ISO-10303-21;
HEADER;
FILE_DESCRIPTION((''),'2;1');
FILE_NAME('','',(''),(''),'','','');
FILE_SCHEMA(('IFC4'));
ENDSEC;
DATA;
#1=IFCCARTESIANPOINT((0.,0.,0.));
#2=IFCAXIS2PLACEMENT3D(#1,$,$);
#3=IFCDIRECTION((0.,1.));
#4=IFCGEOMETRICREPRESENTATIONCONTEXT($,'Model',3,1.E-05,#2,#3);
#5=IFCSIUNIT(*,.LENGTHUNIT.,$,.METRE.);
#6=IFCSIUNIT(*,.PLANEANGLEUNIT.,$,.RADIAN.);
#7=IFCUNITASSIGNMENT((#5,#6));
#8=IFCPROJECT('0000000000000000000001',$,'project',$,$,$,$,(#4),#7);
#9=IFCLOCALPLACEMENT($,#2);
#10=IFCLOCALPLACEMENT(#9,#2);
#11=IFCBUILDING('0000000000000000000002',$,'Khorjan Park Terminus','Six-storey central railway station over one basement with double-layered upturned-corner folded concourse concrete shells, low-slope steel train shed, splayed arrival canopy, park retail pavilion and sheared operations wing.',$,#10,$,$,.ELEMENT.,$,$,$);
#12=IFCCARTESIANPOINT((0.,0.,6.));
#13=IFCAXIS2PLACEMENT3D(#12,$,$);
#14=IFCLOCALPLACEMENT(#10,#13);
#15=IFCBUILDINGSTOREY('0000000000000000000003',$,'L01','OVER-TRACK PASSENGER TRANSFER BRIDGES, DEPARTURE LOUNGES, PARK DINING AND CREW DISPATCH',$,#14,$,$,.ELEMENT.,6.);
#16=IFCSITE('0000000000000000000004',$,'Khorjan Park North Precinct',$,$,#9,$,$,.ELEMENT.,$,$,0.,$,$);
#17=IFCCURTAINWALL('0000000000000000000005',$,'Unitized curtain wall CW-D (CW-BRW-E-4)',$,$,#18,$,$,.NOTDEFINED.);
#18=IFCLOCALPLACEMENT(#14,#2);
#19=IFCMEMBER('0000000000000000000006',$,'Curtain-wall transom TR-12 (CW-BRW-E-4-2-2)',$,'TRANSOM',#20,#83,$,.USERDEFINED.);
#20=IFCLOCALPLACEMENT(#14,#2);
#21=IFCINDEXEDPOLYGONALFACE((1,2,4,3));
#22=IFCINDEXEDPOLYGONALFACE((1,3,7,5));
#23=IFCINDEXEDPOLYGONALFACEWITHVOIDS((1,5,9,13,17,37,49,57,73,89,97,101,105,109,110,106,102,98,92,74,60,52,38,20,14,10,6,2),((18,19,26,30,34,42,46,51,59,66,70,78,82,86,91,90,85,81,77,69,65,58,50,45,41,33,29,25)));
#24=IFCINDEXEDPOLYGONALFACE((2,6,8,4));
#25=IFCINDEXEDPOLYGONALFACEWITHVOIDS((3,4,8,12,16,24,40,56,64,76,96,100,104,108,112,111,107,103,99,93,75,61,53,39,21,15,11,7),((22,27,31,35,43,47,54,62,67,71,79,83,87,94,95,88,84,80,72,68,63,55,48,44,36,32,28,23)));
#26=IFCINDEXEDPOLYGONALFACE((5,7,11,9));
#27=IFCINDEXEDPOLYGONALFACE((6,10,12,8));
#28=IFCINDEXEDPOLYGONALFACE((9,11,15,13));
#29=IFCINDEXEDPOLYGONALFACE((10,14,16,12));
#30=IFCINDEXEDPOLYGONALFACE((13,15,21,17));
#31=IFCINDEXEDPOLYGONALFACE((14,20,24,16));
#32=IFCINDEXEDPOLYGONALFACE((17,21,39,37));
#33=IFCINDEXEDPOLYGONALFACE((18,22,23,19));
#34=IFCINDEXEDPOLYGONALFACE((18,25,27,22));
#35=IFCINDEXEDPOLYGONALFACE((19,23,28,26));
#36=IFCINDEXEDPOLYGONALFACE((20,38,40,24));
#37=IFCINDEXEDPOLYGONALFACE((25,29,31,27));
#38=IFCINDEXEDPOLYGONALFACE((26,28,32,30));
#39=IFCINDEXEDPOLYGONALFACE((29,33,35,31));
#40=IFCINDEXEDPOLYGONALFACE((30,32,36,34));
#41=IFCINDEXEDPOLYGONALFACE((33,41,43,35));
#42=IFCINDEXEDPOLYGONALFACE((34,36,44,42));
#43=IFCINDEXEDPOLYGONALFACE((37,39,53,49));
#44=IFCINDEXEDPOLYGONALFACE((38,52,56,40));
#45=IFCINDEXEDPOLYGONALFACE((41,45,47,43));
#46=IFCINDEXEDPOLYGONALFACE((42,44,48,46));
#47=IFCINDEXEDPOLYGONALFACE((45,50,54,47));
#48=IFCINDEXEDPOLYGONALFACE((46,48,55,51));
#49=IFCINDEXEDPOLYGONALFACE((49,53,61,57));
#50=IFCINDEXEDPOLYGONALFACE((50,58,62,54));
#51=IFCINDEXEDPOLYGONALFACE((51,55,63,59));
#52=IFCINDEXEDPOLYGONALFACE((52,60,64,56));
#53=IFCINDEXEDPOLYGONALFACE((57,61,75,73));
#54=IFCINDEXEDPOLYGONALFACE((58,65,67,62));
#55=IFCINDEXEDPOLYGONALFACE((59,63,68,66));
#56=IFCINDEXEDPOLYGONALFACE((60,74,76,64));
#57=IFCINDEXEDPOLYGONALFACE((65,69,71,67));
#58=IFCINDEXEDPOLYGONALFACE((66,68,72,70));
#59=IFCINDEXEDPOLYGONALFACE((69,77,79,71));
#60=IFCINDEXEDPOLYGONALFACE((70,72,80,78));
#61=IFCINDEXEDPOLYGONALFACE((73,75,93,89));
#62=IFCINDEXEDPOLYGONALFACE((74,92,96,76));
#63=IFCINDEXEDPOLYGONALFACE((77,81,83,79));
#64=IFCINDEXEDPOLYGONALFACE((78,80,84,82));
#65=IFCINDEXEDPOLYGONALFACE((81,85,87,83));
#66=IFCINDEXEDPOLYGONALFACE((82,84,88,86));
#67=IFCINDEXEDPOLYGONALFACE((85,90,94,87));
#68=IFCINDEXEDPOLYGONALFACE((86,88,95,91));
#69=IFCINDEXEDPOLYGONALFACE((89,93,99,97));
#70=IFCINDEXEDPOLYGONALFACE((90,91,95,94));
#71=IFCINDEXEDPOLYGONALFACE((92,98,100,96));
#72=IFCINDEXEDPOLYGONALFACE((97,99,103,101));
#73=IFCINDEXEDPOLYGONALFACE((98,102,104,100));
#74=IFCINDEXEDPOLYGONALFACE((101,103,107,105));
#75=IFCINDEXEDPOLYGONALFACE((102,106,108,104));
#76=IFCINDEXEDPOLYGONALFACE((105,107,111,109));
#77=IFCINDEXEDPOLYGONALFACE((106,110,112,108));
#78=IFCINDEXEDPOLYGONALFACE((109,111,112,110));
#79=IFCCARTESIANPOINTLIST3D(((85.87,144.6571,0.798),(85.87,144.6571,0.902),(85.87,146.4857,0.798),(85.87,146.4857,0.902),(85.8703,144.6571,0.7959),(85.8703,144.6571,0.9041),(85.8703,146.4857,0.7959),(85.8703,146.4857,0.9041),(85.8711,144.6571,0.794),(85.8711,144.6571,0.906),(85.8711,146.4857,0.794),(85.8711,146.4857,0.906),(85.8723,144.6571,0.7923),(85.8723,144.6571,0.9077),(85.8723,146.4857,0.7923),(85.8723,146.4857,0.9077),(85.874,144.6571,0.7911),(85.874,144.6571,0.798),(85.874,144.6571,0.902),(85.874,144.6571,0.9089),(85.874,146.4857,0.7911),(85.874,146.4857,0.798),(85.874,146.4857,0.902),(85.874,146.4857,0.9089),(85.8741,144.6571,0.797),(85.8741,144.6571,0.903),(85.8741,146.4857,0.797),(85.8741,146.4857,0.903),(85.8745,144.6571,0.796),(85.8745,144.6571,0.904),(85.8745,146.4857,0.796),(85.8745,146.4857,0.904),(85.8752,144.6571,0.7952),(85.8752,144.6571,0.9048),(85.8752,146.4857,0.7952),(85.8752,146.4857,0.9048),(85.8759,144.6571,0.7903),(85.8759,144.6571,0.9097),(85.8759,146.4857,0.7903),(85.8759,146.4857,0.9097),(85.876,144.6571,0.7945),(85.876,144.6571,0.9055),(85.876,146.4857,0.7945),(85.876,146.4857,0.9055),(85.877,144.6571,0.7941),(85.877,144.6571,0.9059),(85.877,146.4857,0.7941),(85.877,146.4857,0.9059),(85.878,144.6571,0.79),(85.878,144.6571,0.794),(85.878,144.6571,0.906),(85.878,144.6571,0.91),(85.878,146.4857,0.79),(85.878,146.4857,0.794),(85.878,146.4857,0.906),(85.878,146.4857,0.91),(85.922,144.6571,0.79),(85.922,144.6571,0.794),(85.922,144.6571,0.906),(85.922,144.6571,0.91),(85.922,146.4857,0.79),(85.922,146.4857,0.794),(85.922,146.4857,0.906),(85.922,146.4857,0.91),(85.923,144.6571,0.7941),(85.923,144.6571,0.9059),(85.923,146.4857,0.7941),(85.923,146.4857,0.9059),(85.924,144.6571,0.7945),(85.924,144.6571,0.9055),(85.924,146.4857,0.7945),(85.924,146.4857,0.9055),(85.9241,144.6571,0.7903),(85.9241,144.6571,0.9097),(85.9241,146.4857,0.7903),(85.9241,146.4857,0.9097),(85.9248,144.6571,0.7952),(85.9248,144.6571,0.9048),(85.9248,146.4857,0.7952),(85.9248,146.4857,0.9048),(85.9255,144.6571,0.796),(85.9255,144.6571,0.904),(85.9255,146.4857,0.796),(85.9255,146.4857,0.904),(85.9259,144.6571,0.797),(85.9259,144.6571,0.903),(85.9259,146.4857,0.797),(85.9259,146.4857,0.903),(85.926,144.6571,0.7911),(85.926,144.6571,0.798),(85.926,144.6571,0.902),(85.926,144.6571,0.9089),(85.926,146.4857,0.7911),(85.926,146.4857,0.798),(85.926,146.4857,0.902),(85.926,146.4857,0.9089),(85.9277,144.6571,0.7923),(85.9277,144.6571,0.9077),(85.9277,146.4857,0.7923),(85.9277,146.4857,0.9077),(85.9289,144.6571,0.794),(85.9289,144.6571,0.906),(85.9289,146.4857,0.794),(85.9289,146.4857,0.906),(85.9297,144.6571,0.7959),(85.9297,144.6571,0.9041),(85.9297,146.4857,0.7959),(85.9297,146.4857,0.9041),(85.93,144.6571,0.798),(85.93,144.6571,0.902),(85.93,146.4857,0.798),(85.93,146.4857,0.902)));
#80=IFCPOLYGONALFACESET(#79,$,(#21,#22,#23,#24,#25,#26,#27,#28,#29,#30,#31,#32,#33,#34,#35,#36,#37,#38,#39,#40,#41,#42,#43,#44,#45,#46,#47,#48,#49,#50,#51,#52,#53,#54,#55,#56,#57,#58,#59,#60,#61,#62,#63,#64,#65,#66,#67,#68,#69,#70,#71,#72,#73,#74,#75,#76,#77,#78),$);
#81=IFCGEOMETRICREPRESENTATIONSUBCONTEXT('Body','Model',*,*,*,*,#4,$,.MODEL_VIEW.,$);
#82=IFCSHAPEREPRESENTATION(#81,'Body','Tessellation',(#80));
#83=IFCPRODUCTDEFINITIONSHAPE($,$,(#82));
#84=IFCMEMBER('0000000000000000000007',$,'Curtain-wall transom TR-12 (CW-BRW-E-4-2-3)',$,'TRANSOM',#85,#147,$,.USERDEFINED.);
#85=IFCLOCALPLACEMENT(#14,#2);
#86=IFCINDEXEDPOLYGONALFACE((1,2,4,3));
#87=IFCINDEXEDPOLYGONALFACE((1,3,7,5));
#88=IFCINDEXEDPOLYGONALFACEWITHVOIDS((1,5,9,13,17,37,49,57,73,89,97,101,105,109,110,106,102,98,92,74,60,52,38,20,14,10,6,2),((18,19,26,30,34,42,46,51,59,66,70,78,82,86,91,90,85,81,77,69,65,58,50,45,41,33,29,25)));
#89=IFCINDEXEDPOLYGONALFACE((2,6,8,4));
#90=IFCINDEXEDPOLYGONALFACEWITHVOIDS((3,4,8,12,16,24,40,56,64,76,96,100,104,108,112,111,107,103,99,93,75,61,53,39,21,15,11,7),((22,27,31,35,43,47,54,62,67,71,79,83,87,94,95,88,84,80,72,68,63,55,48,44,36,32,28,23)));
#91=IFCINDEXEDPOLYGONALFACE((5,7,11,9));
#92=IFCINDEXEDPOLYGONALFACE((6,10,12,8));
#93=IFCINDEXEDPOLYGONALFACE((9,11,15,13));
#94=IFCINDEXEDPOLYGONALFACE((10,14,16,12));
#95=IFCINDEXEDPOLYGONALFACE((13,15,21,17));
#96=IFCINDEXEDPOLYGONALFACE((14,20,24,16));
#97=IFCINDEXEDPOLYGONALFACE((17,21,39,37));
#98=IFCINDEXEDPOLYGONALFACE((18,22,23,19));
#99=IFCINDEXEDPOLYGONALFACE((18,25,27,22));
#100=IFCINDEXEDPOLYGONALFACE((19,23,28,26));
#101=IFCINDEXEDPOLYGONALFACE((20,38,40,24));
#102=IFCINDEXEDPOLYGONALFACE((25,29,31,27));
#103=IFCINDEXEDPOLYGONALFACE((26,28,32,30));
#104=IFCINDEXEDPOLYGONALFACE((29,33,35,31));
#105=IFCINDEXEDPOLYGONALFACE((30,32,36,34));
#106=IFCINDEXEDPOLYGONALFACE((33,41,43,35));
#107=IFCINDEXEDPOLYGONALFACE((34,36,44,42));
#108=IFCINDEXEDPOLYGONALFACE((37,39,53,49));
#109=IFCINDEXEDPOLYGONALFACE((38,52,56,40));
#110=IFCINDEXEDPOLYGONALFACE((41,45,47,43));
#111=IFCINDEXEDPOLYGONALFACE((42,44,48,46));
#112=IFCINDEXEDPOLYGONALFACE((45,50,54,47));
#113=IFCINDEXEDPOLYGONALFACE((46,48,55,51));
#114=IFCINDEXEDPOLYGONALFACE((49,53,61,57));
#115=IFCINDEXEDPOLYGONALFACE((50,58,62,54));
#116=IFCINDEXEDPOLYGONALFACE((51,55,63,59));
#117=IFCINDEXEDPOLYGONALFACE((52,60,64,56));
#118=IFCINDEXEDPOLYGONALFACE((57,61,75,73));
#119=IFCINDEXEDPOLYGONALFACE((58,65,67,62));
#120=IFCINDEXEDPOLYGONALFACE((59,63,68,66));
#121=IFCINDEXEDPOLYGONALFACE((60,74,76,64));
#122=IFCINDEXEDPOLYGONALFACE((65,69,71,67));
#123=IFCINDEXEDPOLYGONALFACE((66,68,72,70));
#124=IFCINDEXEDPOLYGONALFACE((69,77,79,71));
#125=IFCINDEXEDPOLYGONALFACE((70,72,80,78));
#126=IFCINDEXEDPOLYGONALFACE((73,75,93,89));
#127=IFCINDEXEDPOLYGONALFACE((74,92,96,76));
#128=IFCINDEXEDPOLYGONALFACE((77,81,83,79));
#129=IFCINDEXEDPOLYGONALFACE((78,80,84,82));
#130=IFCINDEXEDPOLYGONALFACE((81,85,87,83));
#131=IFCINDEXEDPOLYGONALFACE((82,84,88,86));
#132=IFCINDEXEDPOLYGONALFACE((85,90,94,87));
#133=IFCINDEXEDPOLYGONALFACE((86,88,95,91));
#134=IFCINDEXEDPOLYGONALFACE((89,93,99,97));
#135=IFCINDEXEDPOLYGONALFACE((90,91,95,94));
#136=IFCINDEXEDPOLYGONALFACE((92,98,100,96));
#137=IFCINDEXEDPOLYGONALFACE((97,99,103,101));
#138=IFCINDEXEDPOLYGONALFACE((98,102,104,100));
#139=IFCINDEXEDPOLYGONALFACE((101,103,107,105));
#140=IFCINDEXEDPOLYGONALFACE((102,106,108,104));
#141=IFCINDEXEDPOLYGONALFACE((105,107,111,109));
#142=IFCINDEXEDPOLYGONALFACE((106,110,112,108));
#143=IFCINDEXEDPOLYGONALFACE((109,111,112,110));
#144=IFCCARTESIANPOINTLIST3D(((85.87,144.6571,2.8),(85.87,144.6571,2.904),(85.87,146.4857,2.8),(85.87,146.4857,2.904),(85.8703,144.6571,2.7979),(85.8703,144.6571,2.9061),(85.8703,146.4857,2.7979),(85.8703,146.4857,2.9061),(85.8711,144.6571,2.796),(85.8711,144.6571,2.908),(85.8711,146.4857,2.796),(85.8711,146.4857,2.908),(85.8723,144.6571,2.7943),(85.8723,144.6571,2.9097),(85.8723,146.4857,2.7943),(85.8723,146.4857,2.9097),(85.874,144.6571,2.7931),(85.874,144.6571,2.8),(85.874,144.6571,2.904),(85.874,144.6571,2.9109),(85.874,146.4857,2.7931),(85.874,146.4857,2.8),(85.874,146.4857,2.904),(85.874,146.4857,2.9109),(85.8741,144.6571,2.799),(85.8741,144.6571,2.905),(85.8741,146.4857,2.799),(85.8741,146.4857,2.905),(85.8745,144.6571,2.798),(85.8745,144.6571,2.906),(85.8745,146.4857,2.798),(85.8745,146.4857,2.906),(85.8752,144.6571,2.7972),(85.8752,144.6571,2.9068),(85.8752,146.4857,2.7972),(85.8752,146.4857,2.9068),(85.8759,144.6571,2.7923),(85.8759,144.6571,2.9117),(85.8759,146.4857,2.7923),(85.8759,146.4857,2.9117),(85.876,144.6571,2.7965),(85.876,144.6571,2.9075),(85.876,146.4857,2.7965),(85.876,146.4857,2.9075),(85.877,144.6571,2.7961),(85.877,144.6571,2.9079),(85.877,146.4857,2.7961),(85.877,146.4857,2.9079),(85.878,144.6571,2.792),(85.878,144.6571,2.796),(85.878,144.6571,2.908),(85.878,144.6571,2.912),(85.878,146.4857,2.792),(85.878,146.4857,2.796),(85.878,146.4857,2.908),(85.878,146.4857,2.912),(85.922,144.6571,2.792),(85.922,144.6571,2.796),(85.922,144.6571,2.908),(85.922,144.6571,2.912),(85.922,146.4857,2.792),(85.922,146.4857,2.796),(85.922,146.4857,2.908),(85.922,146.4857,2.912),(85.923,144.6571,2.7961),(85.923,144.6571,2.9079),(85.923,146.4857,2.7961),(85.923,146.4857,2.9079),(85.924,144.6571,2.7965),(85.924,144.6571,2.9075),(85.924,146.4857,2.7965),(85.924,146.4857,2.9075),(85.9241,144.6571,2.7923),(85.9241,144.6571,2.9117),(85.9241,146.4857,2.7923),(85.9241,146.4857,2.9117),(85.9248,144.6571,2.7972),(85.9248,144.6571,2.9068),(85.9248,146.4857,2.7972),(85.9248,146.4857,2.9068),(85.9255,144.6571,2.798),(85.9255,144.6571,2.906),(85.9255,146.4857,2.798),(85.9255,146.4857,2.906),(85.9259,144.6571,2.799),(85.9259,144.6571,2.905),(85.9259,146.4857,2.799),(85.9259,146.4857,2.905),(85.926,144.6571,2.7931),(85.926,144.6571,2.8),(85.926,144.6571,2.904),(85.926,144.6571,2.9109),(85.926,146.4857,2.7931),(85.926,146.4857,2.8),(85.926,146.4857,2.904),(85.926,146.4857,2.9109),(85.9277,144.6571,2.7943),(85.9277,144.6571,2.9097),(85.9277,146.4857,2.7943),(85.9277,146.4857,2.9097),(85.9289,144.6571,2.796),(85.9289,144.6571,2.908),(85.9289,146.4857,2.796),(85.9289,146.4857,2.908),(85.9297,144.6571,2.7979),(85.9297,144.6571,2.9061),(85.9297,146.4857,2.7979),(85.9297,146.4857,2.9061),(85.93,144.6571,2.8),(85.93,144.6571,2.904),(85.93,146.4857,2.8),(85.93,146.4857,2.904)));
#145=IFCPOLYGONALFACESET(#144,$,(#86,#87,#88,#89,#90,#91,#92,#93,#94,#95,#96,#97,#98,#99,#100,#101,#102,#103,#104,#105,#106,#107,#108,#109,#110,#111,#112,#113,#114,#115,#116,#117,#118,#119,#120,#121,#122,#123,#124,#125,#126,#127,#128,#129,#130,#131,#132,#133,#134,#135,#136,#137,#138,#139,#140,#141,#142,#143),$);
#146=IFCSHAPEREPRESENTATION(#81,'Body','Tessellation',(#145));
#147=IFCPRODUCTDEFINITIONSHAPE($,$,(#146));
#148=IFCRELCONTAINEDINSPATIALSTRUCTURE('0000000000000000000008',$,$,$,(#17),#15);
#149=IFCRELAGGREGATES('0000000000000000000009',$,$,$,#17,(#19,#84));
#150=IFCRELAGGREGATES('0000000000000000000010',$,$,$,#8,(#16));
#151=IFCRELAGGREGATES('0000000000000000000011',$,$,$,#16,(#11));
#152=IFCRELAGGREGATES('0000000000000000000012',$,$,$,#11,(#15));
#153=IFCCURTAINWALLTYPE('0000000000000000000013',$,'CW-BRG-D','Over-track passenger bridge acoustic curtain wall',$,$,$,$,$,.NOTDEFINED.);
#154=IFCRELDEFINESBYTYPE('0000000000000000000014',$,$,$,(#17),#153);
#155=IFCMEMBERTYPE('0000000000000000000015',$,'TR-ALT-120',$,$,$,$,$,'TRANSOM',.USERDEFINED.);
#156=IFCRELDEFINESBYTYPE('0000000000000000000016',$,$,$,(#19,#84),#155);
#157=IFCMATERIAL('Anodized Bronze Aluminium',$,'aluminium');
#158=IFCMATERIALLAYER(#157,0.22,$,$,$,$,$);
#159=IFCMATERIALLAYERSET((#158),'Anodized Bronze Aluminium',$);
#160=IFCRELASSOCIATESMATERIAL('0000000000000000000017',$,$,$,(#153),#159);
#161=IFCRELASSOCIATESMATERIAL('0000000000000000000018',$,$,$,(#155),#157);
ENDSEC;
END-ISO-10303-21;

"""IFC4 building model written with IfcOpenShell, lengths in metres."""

from ifc_helpers import new_model, si_unit, direction, frame, origin, origin_2d, place, context, subcontext, project, spatial, hollow_rectangle, extrude, material, layer, layer_set, material_profile, profile_set, type_object, element, aggregate, save


model = new_model("IFC4")

# Units and contexts
model_context = context("Model", 3, precision=1e-05, world=origin(), true_north=direction((0.0, 1.0)))
body_context = subcontext(model_context, "Body", "Model", "MODEL_VIEW")
ifc_project = project(units=[si_unit("LENGTHUNIT", "METRE"), si_unit("PLANEANGLEUNIT", "RADIAN")], contexts=[model_context])

# Site, building, storey
site_placement = place(None, origin())
site = spatial("IfcSite", under=ifc_project, at=site_placement, Name="Khorjan Park North Precinct", CompositionType="ELEMENT", RefElevation=0.0)
building_placement = place(site_placement, origin())
building = spatial("IfcBuilding", under=site, at=building_placement, Name="Khorjan Park Terminus", Description="Six-storey central railway station over one basement with double-layered upturned-corner folded concourse concrete shells, low-slope steel train shed, splayed arrival canopy, park retail pavilion and sheared operations wing.", CompositionType="ELEMENT")
storey_placement = place(building_placement, frame((0.0, 0.0, 6.0)))
storey = spatial("IfcBuildingStorey", under=building, at=storey_placement, Name="L01", Description="OVER-TRACK PASSENGER TRANSFER BRIDGES, DEPARTURE LOUNGES, PARK DINING AND CREW DISPATCH", CompositionType="ELEMENT", Elevation=6.0)

# Curtain wall
ifc_material_1 = material(Name="Anodized Bronze Aluminium", Category="aluminium")
ifc_layer_1 = layer(ifc_material_1, 0.22)
ifc_layer_set_1 = layer_set([ifc_layer_1], Name="Anodized Bronze Aluminium")
curtain_wall_type = type_object("IfcCurtainWallType", Name="CW-BRG-D", Description="Over-track passenger bridge acoustic curtain wall", PredefinedType="NOTDEFINED", material=ifc_layer_set_1)
curtain_wall_1_placement = place(storey_placement, origin())
curtain_wall_1 = element("IfcCurtainWall", 1, at=curtain_wall_1_placement, inside=storey, type_object=curtain_wall_type, Name="Unitized curtain wall CW-D (CW-BRW-E-4)", PredefinedType="NOTDEFINED")

# Members
ifc_material_profile_1 = material_profile(ifc_material_1, hollow_rectangle(XDim=0.06, YDim=0.12, WallThickness=0.004, InnerFilletRadius=0.004, OuterFilletRadius=0.008, at=origin_2d()), Name="ALT 60x120x4")
ifc_profile_set_1 = profile_set([ifc_material_profile_1], Name="Anodized Bronze Aluminium")
member_type_1 = type_object("IfcMemberType", Name="TR-ALT-120", ElementType="TRANSOM", PredefinedType="USERDEFINED", material=ifc_profile_set_1)
member_1_placement = place(storey_placement, frame((85.9, 144.6571, 0.85), z_axis=(0.0, 1.0, 0.0), x_axis=(-1.0, 0.0, 0.0)))
member_1 = element("IfcMember", 2, at=member_1_placement, type_object=member_type_1, Name="Curtain-wall transom TR-12 (CW-BRW-E-4-2-2)", ObjectType="TRANSOM", PredefinedType="USERDEFINED", context=body_context, shape_type="SweptSolid", body=[
    extrude(hollow_rectangle(XDim=0.06, YDim=0.12, WallThickness=0.004, InnerFilletRadius=0.004, OuterFilletRadius=0.008, at=origin_2d()), origin(), (0.0, 0.0, 1.0), 1.8286),
])
member_2_placement = place(storey_placement, frame((85.9, 144.6571, 2.852), z_axis=(0.0, 1.0, 0.0), x_axis=(-1.0, 0.0, 0.0)))
member_2 = element("IfcMember", 3, at=member_2_placement, type_object=member_type_1, Name="Curtain-wall transom TR-12 (CW-BRW-E-4-2-3)", ObjectType="TRANSOM", PredefinedType="USERDEFINED", context=body_context, shape_type="SweptSolid", body=[
    extrude(hollow_rectangle(XDim=0.06, YDim=0.12, WallThickness=0.004, InnerFilletRadius=0.004, OuterFilletRadius=0.008, at=origin_2d()), origin(), (0.0, 0.0, 1.0), 1.8286),
])

aggregate(curtain_wall_1, [member_1, member_2])

save(model, "model.ifc")
